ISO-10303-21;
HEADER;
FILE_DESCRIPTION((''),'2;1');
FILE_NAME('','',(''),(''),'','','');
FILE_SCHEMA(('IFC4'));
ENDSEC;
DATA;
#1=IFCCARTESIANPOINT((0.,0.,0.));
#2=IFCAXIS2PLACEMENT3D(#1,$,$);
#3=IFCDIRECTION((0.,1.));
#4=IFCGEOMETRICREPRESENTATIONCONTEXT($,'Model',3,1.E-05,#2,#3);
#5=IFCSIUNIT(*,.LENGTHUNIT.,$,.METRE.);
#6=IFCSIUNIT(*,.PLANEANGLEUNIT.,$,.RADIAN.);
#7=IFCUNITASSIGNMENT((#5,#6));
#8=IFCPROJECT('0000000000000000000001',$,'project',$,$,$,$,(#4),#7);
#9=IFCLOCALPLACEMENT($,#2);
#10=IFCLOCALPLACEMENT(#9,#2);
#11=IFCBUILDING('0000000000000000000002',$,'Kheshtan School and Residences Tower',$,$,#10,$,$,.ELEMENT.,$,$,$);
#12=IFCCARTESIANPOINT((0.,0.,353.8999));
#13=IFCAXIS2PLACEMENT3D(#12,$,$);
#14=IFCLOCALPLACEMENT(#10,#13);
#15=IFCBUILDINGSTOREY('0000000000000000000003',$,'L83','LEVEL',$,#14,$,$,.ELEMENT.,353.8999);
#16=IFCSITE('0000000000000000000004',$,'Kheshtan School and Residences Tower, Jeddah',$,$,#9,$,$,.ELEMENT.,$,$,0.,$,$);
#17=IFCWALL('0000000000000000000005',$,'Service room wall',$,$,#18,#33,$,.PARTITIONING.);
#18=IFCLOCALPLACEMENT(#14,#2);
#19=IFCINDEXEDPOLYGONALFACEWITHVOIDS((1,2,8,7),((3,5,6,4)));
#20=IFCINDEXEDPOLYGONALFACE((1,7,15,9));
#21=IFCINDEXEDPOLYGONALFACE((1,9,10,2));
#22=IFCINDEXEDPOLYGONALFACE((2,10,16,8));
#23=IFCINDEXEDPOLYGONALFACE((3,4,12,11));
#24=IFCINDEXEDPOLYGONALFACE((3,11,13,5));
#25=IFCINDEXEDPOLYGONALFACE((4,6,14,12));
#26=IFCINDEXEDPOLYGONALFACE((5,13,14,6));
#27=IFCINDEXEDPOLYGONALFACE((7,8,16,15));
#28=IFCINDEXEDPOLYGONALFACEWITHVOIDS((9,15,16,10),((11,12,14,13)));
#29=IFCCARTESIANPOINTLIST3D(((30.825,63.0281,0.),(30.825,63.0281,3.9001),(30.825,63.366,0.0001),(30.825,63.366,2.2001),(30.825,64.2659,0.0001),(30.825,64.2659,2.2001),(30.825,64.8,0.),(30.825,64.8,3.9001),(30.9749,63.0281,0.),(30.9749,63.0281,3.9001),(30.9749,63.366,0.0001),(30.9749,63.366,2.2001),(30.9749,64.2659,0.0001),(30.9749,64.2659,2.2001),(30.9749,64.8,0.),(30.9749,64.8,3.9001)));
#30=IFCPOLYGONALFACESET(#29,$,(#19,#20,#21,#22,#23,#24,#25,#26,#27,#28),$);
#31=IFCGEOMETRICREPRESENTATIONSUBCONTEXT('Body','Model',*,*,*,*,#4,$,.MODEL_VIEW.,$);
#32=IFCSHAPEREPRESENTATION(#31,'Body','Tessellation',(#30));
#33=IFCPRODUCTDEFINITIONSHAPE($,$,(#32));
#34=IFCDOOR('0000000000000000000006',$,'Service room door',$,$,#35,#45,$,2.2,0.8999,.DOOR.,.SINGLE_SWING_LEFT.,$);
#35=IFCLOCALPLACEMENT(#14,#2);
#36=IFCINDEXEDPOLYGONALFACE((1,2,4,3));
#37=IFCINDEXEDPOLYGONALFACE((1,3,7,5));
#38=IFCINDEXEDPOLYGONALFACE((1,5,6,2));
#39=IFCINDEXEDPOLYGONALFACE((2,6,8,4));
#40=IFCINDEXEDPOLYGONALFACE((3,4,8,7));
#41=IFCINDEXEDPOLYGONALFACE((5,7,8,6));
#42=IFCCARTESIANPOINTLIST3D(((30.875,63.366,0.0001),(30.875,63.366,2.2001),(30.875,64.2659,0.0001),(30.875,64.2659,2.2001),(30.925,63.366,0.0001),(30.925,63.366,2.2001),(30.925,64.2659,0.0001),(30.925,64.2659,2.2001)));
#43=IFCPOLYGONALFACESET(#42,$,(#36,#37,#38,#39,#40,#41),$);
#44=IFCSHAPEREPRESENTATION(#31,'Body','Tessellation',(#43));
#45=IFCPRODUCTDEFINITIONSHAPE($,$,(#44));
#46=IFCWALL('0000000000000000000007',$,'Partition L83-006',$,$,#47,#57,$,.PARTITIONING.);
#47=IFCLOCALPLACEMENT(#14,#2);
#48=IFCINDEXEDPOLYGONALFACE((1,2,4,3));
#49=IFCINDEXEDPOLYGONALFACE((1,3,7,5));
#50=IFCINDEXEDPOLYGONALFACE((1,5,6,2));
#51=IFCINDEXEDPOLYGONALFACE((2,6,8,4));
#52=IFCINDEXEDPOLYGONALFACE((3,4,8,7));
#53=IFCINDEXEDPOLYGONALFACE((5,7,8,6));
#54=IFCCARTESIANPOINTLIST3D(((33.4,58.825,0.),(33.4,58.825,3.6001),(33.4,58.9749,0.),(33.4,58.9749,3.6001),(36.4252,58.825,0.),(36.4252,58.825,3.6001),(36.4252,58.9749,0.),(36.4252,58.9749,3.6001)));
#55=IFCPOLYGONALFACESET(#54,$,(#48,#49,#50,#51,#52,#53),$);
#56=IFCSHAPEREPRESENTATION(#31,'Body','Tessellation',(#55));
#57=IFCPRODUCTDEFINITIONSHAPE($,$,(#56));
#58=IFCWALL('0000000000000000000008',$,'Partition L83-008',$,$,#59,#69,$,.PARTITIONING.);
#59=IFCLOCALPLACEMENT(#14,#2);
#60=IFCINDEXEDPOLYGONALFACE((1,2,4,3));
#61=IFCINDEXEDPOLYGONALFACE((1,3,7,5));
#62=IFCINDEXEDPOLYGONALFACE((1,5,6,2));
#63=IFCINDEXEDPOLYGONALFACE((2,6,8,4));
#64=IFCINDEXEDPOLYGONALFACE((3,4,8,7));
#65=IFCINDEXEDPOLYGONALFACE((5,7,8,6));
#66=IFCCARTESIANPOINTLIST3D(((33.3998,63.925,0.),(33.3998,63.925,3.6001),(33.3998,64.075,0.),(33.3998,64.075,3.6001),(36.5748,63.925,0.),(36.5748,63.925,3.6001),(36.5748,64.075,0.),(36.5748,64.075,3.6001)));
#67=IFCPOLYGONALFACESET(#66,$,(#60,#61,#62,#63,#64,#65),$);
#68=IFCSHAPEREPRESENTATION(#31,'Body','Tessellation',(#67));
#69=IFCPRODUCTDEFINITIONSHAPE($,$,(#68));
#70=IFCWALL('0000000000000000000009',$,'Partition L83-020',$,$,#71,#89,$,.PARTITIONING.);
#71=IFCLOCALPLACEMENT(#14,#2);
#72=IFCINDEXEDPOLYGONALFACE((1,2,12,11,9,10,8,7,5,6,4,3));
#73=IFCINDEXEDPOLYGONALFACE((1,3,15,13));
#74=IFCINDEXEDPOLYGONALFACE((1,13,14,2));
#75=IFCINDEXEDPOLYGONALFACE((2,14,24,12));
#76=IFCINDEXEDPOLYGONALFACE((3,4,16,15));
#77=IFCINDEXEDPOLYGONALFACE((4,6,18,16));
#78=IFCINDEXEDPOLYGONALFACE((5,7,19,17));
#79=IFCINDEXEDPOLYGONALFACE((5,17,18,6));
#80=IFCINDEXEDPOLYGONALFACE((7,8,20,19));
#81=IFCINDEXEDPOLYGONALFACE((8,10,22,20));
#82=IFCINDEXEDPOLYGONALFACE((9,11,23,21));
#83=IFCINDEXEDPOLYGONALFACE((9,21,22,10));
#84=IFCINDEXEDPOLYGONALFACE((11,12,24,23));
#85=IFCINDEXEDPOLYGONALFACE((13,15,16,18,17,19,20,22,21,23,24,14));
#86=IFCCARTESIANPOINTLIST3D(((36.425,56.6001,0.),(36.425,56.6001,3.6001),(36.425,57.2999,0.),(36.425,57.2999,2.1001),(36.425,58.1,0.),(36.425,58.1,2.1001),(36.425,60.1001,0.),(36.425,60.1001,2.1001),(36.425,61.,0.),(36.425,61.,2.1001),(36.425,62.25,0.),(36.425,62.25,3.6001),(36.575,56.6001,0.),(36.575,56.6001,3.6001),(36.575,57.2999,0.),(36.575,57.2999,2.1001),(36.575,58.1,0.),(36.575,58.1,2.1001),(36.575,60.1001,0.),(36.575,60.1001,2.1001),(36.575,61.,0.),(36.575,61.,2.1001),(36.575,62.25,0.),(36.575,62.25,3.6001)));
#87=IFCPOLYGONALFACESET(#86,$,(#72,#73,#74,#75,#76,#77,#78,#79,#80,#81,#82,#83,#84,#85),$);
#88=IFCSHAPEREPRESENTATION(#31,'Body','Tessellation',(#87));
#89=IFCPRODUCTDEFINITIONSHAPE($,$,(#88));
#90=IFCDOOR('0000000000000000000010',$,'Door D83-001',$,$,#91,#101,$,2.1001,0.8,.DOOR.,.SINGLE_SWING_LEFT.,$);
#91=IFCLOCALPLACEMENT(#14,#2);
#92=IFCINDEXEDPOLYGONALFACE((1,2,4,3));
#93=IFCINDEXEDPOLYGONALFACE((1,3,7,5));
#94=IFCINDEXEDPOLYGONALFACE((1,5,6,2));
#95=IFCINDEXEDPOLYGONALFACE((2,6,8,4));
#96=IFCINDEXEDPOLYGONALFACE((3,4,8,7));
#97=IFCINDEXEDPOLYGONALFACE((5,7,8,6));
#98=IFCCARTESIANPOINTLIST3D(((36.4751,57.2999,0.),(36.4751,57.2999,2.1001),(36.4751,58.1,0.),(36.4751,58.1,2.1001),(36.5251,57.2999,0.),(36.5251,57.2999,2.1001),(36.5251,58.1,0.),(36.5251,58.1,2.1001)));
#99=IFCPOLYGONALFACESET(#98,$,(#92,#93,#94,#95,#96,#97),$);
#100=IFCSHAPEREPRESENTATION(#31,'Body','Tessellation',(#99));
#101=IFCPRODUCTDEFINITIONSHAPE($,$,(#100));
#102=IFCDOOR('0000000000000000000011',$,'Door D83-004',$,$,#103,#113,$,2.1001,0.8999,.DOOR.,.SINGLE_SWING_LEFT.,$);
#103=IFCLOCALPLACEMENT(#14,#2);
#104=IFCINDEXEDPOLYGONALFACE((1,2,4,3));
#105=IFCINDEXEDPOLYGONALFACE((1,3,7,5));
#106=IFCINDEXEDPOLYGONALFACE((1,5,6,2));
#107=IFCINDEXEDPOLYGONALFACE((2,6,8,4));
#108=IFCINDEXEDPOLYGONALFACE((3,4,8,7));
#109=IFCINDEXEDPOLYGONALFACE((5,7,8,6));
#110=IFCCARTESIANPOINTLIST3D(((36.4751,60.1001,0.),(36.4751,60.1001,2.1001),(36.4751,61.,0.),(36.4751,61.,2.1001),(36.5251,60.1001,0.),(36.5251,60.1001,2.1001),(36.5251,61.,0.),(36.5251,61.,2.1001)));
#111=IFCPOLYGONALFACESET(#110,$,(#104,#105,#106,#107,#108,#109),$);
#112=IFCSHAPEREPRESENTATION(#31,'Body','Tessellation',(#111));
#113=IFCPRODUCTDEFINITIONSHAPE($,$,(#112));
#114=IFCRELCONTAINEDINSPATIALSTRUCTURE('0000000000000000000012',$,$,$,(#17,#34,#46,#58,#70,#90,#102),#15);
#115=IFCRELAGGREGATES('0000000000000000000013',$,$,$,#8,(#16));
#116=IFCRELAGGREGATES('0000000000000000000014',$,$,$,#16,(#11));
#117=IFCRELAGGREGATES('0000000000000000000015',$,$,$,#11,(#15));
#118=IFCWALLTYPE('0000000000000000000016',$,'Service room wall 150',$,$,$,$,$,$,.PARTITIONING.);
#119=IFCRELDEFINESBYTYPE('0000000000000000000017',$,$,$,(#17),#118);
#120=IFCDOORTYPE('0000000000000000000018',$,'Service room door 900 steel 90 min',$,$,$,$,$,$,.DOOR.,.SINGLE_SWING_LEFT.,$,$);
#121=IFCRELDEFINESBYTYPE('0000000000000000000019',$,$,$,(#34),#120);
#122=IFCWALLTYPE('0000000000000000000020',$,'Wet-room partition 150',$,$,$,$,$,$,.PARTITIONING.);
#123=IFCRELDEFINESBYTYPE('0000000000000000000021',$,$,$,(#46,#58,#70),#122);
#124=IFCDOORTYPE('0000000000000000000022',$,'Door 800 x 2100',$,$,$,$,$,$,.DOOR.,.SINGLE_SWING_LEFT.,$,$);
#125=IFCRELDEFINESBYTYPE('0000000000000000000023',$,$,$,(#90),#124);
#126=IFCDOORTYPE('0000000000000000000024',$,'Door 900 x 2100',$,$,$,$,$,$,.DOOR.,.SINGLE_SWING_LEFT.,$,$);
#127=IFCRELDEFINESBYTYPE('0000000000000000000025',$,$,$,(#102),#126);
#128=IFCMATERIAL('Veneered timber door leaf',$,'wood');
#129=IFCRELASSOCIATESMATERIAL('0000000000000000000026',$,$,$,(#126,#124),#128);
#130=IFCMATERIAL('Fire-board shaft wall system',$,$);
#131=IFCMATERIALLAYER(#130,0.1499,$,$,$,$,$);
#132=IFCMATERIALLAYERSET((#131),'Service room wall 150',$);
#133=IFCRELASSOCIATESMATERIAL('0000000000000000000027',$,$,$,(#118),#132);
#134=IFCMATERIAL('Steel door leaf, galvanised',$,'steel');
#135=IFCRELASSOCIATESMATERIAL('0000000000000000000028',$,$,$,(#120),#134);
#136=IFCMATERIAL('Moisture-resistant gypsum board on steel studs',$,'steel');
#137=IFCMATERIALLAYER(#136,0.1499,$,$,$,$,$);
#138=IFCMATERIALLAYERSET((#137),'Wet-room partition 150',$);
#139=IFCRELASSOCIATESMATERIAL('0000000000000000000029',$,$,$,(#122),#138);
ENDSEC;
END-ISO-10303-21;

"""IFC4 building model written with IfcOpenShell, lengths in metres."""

from ifc_helpers import new_model, si_unit, direction, frame, frame_2d, origin, place, context, subcontext, project, spatial, rectangle, extrude, source, transform, mapped, material, layer, layer_set, type_object, element, fill, save


model = new_model("IFC4")

# Units and contexts
model_context = context("Model", 3, precision=1e-05, world=origin(), true_north=direction((0.0, 1.0)))
body_context = subcontext(model_context, "Body", "Model", "MODEL_VIEW")
ifc_project = project(units=[si_unit("LENGTHUNIT", "METRE"), si_unit("PLANEANGLEUNIT", "RADIAN")], contexts=[model_context])

# Site, building, storey
site_placement = place(None, origin())
site = spatial("IfcSite", under=ifc_project, at=site_placement, Name="Kheshtan School and Residences Tower, Jeddah", CompositionType="ELEMENT", RefElevation=0.0)
building_placement = place(site_placement, origin())
building = spatial("IfcBuilding", under=site, at=building_placement, Name="Kheshtan School and Residences Tower", CompositionType="ELEMENT")
storey_placement = place(building_placement, frame((0.0, 0.0, 353.8999)))
storey = spatial("IfcBuildingStorey", under=building, at=storey_placement, Name="L83", Description="LEVEL", CompositionType="ELEMENT", Elevation=353.8999)

# Shared definitions
ifc_material_1 = material(Name="Veneered timber door leaf", Category="wood")
door_type_1 = type_object("IfcDoorType", Name="Door 900 x 2100", OperationType="SINGLE_SWING_LEFT", PredefinedType="DOOR", material=ifc_material_1)
shared_shape_1 = source(origin(), body_context, "Body", "SweptSolid", [
    extrude(rectangle(XDim=0.8999, YDim=2.1001, at=frame_2d((0.45, 1.05))), frame((0.0, 0.0249, 0.0), z_axis=(0.0, -1.0, 0.0), x_axis=(1.0, 0.0, 0.0)), (0.0, 0.0, 1.0), 0.05),
])

# Shared definitions
ifc_material_2 = material(Name="Fire-board shaft wall system")
ifc_layer_1 = layer(ifc_material_2, 0.1499)
ifc_layer_set_1 = layer_set([ifc_layer_1], Name="Service room wall 150")
wall_type_1 = type_object("IfcWallType", Name="Service room wall 150", PredefinedType="PARTITIONING", material=ifc_layer_set_1)

# Wall, opening, door
wall_1_placement = place(storey_placement, frame((30.8999, 63.0281, 0.0), z_axis=(0.0, 0.0, 1.0), x_axis=(0.0, 1.0, 0.0)))
wall_1 = element("IfcWall", 1, at=wall_1_placement, inside=storey, type_object=wall_type_1, Name="Service room wall", PredefinedType="PARTITIONING", context=body_context, shape_type="SweptSolid", body=[
    extrude(rectangle(XDim=1.772, YDim=0.1499, at=frame_2d((0.886, 0.0))), origin(), (0.0, 0.0, 1.0), 3.9001),
])
opening_1_placement = place(wall_1_placement, frame((0.3379, 0.0, 0.0)))
opening_1 = element("IfcOpeningElement", 2, at=opening_1_placement, cuts=wall_1, PredefinedType="OPENING", context=body_context, shape_type="SweptSolid", body=[
    extrude(rectangle(XDim=0.8999, YDim=2.2, at=frame_2d((0.45, 1.1001))), frame((0.0, 0.085, 0.0), z_axis=(0.0, -1.0, 0.0), x_axis=(1.0, 0.0, 0.0)), (0.0, 0.0, 1.0), 0.1699),
])
ifc_material_3 = material(Name="Steel door leaf, galvanised", Category="steel")
door_type_2 = type_object("IfcDoorType", Name="Service room door 900 steel 90 min", OperationType="SINGLE_SWING_LEFT", PredefinedType="DOOR", material=ifc_material_3)
shared_shape_2 = source(origin(), body_context, "Body", "SweptSolid", [
    extrude(rectangle(XDim=0.8999, YDim=2.2, at=frame_2d((0.45, 1.1001))), frame((0.0, 0.0249, 0.0), z_axis=(0.0, -1.0, 0.0), x_axis=(1.0, 0.0, 0.0)), (0.0, 0.0, 1.0), 0.05),
])
door_1_placement = place(opening_1_placement, origin())
door_1 = element("IfcDoor", 3, at=door_1_placement, inside=storey, type_object=door_type_2, Name="Service room door", OperationType="SINGLE_SWING_LEFT", OverallHeight=2.2, OverallWidth=0.8999, PredefinedType="DOOR", context=body_context, shape_type="MappedRepresentation", body=[
    mapped(shared_shape_2, transform((0.0, 0.0, 0.0), x_axis=(1.0, 0.0, 0.0), y_axis=(0.0, 1.0, 0.0), z_axis=(0.0, 0.0, 1.0), scale=1.0)),
])
fill(opening_1, door_1)

# Walls
ifc_material_4 = material(Name="Moisture-resistant gypsum board on steel studs", Category="steel")
ifc_layer_2 = layer(ifc_material_4, 0.1499)
ifc_layer_set_2 = layer_set([ifc_layer_2], Name="Wet-room partition 150")
wall_type_2 = type_object("IfcWallType", Name="Wet-room partition 150", PredefinedType="PARTITIONING", material=ifc_layer_set_2)
wall_2_placement = place(storey_placement, frame((33.3999, 58.8999, 0.0), z_axis=(0.0, 0.0, 1.0), x_axis=(1.0, 0.0, 0.0)))
element("IfcWall", 4, at=wall_2_placement, inside=storey, type_object=wall_type_2, Name="Partition L83-006", PredefinedType="PARTITIONING", context=body_context, shape_type="SweptSolid", body=[
    extrude(rectangle(XDim=3.0251, YDim=0.1499, at=frame_2d((1.5127, 0.0))), origin(), (0.0, 0.0, 1.0), 3.6001),
])
wall_3_placement = place(storey_placement, frame((33.3999, 64.0, 0.0), z_axis=(0.0, 0.0, 1.0), x_axis=(1.0, 0.0, 0.0)))
element("IfcWall", 5, at=wall_3_placement, inside=storey, type_object=wall_type_2, Name="Partition L83-008", PredefinedType="PARTITIONING", context=body_context, shape_type="SweptSolid", body=[
    extrude(rectangle(XDim=3.175, YDim=0.1499, at=frame_2d((1.5874, 0.0))), origin(), (0.0, 0.0, 1.0), 3.6001),
])

# Wall, openings, doors
wall_4_placement = place(storey_placement, frame((36.5, 56.6001, 0.0), z_axis=(0.0, 0.0, 1.0), x_axis=(0.0, 1.0, 0.0)))
wall_4 = element("IfcWall", 6, at=wall_4_placement, inside=storey, type_object=wall_type_2, Name="Partition L83-020", PredefinedType="PARTITIONING", context=body_context, shape_type="SweptSolid", body=[
    extrude(rectangle(XDim=5.6499, YDim=0.1499, at=frame_2d((2.825, 0.0))), origin(), (0.0, 0.0, 1.0), 3.6001),
])
opening_2_placement = place(wall_4_placement, frame((0.7, 0.0, 0.0)))
opening_2 = element("IfcOpeningElement", 7, at=opening_2_placement, cuts=wall_4, PredefinedType="OPENING", context=body_context, shape_type="SweptSolid", body=[
    extrude(rectangle(XDim=0.8, YDim=2.1001, at=frame_2d((0.3999, 1.05))), frame((0.0, 0.085, 0.0), z_axis=(0.0, -1.0, 0.0), x_axis=(1.0, 0.0, 0.0)), (0.0, 0.0, 1.0), 0.1699),
])
opening_3_placement = place(wall_4_placement, frame((3.5, 0.0, 0.0)))
opening_3 = element("IfcOpeningElement", 8, at=opening_3_placement, cuts=wall_4, PredefinedType="OPENING", context=body_context, shape_type="SweptSolid", body=[
    extrude(rectangle(XDim=0.8999, YDim=2.1001, at=frame_2d((0.45, 1.05))), frame((0.0, 0.085, 0.0), z_axis=(0.0, -1.0, 0.0), x_axis=(1.0, 0.0, 0.0)), (0.0, 0.0, 1.0), 0.1699),
])
door_type_3 = type_object("IfcDoorType", Name="Door 800 x 2100", OperationType="SINGLE_SWING_LEFT", PredefinedType="DOOR", material=ifc_material_1)
shared_shape_3 = source(origin(), body_context, "Body", "SweptSolid", [
    extrude(rectangle(XDim=0.8, YDim=2.1001, at=frame_2d((0.3999, 1.05))), frame((0.0, 0.0249, 0.0), z_axis=(0.0, -1.0, 0.0), x_axis=(1.0, 0.0, 0.0)), (0.0, 0.0, 1.0), 0.05),
])
door_2_placement = place(opening_2_placement, origin())
door_2 = element("IfcDoor", 9, at=door_2_placement, inside=storey, type_object=door_type_3, Name="Door D83-001", OperationType="SINGLE_SWING_LEFT", OverallHeight=2.1001, OverallWidth=0.8, PredefinedType="DOOR", context=body_context, shape_type="MappedRepresentation", body=[
    mapped(shared_shape_3, transform((0.0, 0.0, 0.0), x_axis=(1.0, 0.0, 0.0), y_axis=(0.0, 1.0, 0.0), z_axis=(0.0, 0.0, 1.0), scale=1.0)),
])
fill(opening_2, door_2)
door_3_placement = place(opening_3_placement, origin())
door_3 = element("IfcDoor", 10, at=door_3_placement, inside=storey, type_object=door_type_1, Name="Door D83-004", OperationType="SINGLE_SWING_LEFT", OverallHeight=2.1001, OverallWidth=0.8999, PredefinedType="DOOR", context=body_context, shape_type="MappedRepresentation", body=[
    mapped(shared_shape_1, transform((0.0, 0.0, 0.0), x_axis=(1.0, 0.0, 0.0), y_axis=(0.0, 1.0, 0.0), z_axis=(0.0, 0.0, 1.0), scale=1.0)),
])
fill(opening_3, door_3)

save(model, "model.ifc")
